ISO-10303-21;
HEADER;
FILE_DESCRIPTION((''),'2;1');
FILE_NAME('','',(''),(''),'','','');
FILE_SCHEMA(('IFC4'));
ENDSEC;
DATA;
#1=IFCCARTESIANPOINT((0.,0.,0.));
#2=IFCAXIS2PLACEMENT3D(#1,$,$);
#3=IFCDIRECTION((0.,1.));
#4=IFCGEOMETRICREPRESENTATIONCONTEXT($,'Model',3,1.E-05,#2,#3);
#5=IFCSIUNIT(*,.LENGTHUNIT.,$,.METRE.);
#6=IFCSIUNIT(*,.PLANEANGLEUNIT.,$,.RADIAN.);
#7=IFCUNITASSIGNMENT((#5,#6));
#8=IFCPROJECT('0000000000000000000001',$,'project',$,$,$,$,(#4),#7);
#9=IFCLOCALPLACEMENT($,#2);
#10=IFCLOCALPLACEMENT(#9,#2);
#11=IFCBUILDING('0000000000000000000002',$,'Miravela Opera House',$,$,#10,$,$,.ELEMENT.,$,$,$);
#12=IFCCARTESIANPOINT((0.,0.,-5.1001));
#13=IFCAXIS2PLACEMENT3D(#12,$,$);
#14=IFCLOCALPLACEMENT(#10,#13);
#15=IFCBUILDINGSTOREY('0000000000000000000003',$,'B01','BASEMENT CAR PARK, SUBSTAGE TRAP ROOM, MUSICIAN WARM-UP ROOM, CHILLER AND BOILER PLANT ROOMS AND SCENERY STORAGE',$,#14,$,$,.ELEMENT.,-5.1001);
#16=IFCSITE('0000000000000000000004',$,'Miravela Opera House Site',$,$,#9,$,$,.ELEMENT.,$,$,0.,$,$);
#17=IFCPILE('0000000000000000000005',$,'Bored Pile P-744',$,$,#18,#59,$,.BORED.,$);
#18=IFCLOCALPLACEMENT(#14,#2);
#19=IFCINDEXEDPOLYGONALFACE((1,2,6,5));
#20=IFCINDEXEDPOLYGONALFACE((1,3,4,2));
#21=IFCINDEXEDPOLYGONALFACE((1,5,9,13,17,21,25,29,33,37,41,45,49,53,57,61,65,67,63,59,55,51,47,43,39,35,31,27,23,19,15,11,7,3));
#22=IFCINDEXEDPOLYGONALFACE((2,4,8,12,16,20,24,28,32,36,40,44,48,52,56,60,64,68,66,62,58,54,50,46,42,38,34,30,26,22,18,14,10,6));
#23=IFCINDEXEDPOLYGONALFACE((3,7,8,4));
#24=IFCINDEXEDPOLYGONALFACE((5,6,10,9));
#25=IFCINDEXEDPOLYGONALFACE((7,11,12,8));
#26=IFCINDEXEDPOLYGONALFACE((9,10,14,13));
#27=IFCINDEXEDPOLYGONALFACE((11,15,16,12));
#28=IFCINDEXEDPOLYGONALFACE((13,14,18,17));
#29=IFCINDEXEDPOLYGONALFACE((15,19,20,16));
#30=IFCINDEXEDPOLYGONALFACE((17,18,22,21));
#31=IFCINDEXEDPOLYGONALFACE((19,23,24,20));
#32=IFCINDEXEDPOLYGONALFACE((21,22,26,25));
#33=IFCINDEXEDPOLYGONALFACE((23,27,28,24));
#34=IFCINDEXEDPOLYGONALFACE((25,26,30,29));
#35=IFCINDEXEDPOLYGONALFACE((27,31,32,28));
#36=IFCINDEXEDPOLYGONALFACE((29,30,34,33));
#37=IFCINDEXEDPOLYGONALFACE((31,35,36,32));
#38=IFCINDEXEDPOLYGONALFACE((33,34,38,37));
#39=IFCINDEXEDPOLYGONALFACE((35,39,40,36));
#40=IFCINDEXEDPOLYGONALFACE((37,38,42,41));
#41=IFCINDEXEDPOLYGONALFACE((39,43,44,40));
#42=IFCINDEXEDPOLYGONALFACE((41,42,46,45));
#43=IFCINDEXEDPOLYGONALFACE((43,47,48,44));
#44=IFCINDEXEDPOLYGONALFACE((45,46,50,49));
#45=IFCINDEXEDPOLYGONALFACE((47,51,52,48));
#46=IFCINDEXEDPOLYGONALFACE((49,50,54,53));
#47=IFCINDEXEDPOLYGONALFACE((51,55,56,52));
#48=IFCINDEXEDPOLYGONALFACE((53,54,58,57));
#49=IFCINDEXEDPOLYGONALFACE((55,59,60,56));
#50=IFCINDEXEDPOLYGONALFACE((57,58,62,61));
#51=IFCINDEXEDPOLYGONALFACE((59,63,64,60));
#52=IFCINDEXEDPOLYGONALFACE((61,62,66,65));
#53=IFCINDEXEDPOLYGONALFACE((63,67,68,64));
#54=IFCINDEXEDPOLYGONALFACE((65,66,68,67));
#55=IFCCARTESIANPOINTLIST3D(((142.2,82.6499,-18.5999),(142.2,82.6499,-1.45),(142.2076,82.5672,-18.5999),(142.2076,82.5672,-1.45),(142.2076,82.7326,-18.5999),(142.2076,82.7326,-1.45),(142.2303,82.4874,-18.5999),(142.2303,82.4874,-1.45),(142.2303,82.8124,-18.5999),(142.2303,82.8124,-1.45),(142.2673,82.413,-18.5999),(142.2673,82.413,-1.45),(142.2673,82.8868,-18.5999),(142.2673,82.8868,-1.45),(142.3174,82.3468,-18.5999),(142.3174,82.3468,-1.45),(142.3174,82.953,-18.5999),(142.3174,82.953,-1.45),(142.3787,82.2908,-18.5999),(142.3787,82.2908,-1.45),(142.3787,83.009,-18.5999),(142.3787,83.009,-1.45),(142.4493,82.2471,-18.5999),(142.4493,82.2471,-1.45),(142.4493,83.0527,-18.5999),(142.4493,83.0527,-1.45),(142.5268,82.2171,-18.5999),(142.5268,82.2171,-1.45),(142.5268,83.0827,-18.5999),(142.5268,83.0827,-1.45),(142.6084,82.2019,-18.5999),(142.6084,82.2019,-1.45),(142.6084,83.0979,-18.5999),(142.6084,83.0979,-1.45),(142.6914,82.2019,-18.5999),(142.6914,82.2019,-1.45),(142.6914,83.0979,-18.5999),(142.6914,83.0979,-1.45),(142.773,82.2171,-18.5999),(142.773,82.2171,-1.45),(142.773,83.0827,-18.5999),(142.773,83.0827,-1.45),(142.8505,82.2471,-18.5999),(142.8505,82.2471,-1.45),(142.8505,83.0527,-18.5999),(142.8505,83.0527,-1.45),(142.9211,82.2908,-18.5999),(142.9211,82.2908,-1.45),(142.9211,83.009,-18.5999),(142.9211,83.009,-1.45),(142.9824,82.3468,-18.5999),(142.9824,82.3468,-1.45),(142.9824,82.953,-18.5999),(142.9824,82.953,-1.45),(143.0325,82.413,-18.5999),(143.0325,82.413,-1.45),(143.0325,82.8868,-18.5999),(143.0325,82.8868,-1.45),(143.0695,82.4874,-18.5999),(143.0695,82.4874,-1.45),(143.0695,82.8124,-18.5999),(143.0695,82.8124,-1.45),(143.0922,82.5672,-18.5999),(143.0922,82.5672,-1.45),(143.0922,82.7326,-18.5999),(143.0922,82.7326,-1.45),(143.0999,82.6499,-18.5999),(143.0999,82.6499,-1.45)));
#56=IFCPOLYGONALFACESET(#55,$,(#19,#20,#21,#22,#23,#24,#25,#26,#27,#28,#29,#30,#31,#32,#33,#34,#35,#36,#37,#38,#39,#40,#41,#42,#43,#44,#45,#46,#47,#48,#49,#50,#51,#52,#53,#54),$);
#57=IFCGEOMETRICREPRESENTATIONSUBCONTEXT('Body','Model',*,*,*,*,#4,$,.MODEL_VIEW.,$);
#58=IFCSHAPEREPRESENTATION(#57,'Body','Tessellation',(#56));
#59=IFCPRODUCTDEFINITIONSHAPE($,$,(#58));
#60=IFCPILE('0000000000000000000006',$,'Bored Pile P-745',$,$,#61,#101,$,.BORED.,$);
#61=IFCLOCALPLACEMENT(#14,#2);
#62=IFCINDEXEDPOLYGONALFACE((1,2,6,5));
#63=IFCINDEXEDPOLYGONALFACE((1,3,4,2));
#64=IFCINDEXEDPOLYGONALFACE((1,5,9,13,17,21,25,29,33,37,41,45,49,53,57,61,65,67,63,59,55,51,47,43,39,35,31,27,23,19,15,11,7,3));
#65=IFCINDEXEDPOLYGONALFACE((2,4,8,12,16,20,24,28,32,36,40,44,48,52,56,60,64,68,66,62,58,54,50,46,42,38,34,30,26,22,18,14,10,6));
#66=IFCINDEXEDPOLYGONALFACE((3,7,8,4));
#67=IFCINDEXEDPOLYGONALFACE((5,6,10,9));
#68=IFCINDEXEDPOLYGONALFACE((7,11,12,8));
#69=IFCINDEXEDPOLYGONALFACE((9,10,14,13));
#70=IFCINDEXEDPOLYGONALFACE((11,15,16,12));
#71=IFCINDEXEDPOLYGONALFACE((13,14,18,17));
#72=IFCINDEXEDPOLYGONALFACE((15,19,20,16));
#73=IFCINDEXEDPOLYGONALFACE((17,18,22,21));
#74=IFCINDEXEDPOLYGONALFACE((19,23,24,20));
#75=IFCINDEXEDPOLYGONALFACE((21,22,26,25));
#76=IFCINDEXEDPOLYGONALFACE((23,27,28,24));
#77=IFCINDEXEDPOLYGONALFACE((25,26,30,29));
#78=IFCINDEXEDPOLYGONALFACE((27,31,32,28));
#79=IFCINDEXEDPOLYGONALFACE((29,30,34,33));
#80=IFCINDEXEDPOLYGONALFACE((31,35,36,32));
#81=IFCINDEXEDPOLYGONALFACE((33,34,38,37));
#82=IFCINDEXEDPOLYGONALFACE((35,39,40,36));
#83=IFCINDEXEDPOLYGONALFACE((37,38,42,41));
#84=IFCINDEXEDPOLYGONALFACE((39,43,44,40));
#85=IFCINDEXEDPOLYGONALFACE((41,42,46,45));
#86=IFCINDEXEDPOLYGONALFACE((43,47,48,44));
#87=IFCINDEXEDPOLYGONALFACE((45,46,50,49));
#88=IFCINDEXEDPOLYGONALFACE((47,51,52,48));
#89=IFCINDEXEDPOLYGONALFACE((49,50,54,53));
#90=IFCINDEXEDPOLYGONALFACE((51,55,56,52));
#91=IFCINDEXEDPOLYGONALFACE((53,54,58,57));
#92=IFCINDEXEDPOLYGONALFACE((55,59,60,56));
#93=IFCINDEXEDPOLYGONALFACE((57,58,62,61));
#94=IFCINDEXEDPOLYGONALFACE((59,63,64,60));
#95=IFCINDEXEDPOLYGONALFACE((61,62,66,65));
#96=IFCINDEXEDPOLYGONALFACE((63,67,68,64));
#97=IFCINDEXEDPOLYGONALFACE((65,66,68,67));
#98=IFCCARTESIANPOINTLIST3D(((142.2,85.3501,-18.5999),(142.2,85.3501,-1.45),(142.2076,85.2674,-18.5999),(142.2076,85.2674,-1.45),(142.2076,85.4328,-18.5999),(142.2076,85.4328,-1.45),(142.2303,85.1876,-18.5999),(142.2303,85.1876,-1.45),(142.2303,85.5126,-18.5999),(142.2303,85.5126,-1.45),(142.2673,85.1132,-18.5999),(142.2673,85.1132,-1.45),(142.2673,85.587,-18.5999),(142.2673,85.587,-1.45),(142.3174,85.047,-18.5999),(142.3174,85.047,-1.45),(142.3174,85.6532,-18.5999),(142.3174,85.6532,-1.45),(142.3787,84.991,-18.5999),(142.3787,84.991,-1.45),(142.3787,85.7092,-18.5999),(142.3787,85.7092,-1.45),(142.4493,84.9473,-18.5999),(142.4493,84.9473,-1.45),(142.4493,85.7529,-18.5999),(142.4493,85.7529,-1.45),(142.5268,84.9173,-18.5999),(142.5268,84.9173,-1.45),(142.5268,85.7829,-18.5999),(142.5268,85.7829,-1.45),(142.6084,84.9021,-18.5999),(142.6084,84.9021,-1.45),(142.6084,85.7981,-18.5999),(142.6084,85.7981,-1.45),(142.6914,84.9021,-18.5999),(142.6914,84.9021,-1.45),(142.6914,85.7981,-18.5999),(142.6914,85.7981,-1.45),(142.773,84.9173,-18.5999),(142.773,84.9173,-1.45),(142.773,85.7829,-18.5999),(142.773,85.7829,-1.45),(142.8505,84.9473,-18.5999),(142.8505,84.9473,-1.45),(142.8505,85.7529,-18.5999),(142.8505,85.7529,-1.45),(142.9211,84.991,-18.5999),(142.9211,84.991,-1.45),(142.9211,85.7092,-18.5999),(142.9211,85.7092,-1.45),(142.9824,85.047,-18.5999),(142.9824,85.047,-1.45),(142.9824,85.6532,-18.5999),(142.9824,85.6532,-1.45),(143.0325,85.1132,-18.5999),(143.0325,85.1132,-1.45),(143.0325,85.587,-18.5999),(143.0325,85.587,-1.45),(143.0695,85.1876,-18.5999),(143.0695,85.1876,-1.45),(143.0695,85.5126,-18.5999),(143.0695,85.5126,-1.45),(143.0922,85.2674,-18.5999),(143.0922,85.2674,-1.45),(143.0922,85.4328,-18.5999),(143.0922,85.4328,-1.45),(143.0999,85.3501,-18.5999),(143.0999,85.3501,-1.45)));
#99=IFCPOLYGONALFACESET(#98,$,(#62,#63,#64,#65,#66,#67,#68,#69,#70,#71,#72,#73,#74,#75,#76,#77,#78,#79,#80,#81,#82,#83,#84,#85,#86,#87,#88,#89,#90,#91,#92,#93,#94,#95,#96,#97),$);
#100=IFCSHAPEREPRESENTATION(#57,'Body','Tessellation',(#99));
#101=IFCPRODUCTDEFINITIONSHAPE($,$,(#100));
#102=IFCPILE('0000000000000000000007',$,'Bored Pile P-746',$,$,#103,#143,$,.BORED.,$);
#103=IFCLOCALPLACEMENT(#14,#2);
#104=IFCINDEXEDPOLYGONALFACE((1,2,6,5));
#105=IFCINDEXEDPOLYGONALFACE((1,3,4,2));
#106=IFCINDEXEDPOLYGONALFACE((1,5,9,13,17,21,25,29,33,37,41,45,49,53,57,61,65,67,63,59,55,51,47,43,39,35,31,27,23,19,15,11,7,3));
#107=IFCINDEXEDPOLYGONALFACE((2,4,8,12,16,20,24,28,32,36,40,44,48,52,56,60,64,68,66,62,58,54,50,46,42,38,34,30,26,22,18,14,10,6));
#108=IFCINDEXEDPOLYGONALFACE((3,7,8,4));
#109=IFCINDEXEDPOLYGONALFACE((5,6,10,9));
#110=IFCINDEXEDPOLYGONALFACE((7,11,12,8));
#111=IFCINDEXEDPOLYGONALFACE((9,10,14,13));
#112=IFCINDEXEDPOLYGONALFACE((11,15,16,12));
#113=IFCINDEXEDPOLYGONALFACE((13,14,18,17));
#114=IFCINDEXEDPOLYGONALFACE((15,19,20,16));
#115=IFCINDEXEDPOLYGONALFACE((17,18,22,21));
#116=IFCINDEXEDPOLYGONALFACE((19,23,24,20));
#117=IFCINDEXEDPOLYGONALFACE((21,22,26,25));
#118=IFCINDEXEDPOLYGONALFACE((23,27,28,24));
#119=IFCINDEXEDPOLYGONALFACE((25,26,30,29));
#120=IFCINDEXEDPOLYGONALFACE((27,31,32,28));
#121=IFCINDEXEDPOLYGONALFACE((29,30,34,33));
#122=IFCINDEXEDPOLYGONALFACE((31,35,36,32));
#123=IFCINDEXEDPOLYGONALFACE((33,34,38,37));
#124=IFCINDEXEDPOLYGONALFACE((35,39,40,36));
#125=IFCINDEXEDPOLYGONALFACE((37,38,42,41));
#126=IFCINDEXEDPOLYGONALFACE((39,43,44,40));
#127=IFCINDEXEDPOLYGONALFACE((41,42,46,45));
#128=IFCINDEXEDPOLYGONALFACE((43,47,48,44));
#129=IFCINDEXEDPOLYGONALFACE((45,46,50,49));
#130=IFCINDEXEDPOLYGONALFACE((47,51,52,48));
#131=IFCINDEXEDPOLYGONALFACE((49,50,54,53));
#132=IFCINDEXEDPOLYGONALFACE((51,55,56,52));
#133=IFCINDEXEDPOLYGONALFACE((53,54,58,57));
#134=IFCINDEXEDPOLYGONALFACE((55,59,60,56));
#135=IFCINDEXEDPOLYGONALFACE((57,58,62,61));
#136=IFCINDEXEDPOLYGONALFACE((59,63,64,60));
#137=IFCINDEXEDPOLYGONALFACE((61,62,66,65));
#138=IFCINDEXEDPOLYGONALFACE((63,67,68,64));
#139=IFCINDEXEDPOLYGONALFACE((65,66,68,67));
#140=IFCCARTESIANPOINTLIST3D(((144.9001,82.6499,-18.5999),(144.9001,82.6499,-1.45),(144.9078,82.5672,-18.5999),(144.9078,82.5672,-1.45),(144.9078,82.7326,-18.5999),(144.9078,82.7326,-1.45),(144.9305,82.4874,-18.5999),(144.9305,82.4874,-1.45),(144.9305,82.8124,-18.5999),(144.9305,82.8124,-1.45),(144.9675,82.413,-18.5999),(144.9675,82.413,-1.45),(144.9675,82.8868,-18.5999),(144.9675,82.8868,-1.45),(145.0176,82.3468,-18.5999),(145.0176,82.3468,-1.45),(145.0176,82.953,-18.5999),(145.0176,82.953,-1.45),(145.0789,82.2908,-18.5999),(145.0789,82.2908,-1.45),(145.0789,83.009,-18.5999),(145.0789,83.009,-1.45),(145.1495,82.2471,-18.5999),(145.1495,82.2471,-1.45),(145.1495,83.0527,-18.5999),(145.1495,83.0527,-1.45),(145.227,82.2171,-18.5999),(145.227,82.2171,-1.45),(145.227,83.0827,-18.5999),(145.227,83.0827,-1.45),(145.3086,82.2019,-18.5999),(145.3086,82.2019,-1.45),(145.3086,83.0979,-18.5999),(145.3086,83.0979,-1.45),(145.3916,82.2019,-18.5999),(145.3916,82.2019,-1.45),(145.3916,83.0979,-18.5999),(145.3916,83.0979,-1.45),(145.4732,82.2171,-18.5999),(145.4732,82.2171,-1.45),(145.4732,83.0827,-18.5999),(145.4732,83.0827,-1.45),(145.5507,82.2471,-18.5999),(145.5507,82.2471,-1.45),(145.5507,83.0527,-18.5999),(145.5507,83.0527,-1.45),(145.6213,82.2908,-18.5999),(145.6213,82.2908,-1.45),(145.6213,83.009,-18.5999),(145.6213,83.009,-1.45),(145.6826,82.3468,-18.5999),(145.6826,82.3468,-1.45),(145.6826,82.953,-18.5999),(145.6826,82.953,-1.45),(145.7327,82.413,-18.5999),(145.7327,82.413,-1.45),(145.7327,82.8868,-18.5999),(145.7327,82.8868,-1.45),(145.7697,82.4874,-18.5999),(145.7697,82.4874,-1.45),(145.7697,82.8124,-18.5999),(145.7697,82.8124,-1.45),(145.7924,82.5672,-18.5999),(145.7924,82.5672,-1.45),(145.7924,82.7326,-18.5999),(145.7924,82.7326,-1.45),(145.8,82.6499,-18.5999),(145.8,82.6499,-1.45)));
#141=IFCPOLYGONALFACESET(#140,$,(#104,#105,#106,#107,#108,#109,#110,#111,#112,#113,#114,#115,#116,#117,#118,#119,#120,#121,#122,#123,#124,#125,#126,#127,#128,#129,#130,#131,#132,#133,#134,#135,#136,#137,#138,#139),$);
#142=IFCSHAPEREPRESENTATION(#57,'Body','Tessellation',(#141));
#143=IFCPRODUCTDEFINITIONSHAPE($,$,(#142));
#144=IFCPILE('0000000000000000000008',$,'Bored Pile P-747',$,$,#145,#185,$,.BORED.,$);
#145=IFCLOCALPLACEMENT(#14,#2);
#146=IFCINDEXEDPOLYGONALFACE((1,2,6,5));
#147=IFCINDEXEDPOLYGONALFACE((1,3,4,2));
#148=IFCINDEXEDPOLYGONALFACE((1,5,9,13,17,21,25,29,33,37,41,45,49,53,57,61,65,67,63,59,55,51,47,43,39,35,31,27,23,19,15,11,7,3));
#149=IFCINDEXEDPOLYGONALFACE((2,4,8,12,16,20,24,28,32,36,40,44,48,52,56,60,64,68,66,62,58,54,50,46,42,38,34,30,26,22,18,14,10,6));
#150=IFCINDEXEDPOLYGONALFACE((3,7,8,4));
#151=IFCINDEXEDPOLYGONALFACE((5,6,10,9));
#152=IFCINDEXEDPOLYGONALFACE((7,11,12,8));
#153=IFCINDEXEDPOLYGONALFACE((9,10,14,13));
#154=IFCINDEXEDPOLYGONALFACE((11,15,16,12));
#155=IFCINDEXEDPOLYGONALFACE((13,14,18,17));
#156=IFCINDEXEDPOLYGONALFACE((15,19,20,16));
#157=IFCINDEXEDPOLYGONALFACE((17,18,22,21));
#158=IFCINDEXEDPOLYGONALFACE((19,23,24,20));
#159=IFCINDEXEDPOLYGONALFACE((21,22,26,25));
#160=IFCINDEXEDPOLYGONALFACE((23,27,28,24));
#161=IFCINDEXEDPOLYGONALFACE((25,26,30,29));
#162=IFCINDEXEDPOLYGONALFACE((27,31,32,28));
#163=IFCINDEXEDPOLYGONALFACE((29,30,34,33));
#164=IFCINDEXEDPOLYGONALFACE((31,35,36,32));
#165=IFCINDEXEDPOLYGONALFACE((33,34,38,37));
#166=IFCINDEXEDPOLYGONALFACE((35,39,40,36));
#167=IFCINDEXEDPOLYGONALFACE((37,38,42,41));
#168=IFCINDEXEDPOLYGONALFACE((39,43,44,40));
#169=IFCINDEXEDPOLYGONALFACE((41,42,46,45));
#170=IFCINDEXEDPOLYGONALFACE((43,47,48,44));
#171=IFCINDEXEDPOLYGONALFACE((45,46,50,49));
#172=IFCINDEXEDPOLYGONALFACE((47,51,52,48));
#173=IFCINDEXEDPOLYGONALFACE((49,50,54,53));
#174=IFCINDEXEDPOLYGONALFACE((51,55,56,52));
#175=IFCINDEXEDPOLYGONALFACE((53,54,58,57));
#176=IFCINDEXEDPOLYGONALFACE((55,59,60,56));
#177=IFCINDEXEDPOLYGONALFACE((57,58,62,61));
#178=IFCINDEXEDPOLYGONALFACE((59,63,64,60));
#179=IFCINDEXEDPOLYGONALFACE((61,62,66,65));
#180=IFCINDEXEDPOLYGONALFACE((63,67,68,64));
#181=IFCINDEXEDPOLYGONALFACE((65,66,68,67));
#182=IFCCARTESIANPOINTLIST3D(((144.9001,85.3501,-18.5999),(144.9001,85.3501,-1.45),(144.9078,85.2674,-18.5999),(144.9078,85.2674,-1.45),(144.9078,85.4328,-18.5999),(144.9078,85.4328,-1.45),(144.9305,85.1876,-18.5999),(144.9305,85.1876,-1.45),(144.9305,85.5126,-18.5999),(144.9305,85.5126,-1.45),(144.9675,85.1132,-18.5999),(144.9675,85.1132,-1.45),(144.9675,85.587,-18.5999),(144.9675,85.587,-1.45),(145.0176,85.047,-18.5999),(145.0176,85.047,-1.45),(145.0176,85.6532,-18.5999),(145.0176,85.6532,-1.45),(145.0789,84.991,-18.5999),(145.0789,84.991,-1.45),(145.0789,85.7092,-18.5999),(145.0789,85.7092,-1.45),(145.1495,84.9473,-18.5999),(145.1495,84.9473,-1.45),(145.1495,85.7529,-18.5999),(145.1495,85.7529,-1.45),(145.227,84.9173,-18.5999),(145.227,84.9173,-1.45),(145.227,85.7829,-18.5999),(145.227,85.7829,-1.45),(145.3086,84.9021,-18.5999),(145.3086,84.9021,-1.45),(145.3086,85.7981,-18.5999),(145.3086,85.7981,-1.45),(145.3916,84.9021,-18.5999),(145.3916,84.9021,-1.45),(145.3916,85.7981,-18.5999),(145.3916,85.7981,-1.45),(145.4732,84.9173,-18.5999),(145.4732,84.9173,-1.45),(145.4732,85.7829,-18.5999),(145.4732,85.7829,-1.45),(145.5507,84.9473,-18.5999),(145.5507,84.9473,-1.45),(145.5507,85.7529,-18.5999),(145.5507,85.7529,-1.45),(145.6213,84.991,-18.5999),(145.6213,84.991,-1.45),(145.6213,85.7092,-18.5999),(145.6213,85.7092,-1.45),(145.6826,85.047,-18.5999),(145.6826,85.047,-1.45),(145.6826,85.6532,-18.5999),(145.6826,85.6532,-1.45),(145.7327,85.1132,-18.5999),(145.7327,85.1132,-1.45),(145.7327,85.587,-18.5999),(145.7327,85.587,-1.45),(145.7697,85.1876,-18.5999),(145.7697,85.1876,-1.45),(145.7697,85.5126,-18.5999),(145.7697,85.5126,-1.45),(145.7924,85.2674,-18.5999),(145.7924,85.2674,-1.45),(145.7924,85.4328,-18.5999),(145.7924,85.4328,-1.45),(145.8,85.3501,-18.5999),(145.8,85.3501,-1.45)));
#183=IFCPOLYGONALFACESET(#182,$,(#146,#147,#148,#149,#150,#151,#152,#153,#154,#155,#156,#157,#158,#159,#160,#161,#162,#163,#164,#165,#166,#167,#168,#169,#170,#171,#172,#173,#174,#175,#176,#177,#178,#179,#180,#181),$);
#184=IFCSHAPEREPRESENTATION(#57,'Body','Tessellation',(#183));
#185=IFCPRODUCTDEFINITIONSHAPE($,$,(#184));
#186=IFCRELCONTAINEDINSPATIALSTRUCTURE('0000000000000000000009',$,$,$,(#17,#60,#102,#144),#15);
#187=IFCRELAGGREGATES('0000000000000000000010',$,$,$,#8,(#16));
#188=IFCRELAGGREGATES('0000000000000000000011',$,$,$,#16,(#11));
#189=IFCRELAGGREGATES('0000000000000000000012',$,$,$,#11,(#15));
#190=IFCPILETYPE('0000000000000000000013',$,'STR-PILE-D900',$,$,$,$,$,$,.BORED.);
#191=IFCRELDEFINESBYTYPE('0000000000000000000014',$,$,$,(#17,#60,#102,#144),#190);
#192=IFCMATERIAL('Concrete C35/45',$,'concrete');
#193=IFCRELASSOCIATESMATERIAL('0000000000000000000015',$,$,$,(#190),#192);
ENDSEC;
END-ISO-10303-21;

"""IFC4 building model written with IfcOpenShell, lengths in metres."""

from ifc_helpers import new_model, si_unit, direction, frame, origin, origin_2d, place, context, subcontext, project, spatial, circle, extrude, material, material_profile, profile_set, type_object, element, save


model = new_model("IFC4")

# Units and contexts
model_context = context("Model", 3, precision=1e-05, world=origin(), true_north=direction((0.0, 1.0)))
body_context = subcontext(model_context, "Body", "Model", "MODEL_VIEW")
ifc_project = project(units=[si_unit("LENGTHUNIT", "METRE"), si_unit("PLANEANGLEUNIT", "RADIAN")], contexts=[model_context])

# Site, building, storey
site_placement = place(None, origin())
site = spatial("IfcSite", under=ifc_project, at=site_placement, Name="Miravela Opera House Site", CompositionType="ELEMENT", RefElevation=0.0)
building_placement = place(site_placement, origin())
building = spatial("IfcBuilding", under=site, at=building_placement, Name="Miravela Opera House", CompositionType="ELEMENT")
storey_placement = place(building_placement, frame((0.0, 0.0, -5.1001)))
storey = spatial("IfcBuildingStorey", under=building, at=storey_placement, Name="B01", Description="BASEMENT CAR PARK, SUBSTAGE TRAP ROOM, MUSICIAN WARM-UP ROOM, CHILLER AND BOILER PLANT ROOMS AND SCENERY STORAGE", CompositionType="ELEMENT", Elevation=-5.1001)

# Shared definitions
ifc_material_1 = material(Name="Concrete C35/45", Category="concrete")

# Piles
ifc_material_profile_1 = material_profile(ifc_material_1, circle(Radius=0.45, at=origin_2d()), Name="PILE-D900")
ifc_profile_set_1 = profile_set([ifc_material_profile_1])
pile_type_1 = type_object("IfcPileType", Name="STR-PILE-D900", PredefinedType="BORED", material=ifc_profile_set_1)
for number, where, z_axis, x_axis, name in (
    (1, (142.6499, 82.6499, -1.45), (0.0, 0.0, -1.0), (1.0, 0.0, 0.0), "Bored Pile P-744"),
    (2, (142.6499, 85.3501, -1.45), (0.0, 0.0, -1.0), (1.0, 0.0, 0.0), "Bored Pile P-745"),
    (3, (145.3501, 82.6499, -1.45), (0.0, 0.0, -1.0), (1.0, 0.0, 0.0), "Bored Pile P-746"),
    (4, (145.3501, 85.3501, -1.45), (0.0, 0.0, -1.0), (1.0, 0.0, 0.0), "Bored Pile P-747"),
):
    element("IfcPile", number, at=place(storey_placement, frame(where, z_axis=z_axis, x_axis=x_axis)), inside=storey, type_object=pile_type_1, Name=name, PredefinedType="BORED", context=body_context, shape_type="SweptSolid", body=[
        extrude(circle(Radius=0.45, at=origin_2d()), origin(), (0.0, 0.0, 1.0), 17.1499),
    ])

save(model, "model.ifc")
